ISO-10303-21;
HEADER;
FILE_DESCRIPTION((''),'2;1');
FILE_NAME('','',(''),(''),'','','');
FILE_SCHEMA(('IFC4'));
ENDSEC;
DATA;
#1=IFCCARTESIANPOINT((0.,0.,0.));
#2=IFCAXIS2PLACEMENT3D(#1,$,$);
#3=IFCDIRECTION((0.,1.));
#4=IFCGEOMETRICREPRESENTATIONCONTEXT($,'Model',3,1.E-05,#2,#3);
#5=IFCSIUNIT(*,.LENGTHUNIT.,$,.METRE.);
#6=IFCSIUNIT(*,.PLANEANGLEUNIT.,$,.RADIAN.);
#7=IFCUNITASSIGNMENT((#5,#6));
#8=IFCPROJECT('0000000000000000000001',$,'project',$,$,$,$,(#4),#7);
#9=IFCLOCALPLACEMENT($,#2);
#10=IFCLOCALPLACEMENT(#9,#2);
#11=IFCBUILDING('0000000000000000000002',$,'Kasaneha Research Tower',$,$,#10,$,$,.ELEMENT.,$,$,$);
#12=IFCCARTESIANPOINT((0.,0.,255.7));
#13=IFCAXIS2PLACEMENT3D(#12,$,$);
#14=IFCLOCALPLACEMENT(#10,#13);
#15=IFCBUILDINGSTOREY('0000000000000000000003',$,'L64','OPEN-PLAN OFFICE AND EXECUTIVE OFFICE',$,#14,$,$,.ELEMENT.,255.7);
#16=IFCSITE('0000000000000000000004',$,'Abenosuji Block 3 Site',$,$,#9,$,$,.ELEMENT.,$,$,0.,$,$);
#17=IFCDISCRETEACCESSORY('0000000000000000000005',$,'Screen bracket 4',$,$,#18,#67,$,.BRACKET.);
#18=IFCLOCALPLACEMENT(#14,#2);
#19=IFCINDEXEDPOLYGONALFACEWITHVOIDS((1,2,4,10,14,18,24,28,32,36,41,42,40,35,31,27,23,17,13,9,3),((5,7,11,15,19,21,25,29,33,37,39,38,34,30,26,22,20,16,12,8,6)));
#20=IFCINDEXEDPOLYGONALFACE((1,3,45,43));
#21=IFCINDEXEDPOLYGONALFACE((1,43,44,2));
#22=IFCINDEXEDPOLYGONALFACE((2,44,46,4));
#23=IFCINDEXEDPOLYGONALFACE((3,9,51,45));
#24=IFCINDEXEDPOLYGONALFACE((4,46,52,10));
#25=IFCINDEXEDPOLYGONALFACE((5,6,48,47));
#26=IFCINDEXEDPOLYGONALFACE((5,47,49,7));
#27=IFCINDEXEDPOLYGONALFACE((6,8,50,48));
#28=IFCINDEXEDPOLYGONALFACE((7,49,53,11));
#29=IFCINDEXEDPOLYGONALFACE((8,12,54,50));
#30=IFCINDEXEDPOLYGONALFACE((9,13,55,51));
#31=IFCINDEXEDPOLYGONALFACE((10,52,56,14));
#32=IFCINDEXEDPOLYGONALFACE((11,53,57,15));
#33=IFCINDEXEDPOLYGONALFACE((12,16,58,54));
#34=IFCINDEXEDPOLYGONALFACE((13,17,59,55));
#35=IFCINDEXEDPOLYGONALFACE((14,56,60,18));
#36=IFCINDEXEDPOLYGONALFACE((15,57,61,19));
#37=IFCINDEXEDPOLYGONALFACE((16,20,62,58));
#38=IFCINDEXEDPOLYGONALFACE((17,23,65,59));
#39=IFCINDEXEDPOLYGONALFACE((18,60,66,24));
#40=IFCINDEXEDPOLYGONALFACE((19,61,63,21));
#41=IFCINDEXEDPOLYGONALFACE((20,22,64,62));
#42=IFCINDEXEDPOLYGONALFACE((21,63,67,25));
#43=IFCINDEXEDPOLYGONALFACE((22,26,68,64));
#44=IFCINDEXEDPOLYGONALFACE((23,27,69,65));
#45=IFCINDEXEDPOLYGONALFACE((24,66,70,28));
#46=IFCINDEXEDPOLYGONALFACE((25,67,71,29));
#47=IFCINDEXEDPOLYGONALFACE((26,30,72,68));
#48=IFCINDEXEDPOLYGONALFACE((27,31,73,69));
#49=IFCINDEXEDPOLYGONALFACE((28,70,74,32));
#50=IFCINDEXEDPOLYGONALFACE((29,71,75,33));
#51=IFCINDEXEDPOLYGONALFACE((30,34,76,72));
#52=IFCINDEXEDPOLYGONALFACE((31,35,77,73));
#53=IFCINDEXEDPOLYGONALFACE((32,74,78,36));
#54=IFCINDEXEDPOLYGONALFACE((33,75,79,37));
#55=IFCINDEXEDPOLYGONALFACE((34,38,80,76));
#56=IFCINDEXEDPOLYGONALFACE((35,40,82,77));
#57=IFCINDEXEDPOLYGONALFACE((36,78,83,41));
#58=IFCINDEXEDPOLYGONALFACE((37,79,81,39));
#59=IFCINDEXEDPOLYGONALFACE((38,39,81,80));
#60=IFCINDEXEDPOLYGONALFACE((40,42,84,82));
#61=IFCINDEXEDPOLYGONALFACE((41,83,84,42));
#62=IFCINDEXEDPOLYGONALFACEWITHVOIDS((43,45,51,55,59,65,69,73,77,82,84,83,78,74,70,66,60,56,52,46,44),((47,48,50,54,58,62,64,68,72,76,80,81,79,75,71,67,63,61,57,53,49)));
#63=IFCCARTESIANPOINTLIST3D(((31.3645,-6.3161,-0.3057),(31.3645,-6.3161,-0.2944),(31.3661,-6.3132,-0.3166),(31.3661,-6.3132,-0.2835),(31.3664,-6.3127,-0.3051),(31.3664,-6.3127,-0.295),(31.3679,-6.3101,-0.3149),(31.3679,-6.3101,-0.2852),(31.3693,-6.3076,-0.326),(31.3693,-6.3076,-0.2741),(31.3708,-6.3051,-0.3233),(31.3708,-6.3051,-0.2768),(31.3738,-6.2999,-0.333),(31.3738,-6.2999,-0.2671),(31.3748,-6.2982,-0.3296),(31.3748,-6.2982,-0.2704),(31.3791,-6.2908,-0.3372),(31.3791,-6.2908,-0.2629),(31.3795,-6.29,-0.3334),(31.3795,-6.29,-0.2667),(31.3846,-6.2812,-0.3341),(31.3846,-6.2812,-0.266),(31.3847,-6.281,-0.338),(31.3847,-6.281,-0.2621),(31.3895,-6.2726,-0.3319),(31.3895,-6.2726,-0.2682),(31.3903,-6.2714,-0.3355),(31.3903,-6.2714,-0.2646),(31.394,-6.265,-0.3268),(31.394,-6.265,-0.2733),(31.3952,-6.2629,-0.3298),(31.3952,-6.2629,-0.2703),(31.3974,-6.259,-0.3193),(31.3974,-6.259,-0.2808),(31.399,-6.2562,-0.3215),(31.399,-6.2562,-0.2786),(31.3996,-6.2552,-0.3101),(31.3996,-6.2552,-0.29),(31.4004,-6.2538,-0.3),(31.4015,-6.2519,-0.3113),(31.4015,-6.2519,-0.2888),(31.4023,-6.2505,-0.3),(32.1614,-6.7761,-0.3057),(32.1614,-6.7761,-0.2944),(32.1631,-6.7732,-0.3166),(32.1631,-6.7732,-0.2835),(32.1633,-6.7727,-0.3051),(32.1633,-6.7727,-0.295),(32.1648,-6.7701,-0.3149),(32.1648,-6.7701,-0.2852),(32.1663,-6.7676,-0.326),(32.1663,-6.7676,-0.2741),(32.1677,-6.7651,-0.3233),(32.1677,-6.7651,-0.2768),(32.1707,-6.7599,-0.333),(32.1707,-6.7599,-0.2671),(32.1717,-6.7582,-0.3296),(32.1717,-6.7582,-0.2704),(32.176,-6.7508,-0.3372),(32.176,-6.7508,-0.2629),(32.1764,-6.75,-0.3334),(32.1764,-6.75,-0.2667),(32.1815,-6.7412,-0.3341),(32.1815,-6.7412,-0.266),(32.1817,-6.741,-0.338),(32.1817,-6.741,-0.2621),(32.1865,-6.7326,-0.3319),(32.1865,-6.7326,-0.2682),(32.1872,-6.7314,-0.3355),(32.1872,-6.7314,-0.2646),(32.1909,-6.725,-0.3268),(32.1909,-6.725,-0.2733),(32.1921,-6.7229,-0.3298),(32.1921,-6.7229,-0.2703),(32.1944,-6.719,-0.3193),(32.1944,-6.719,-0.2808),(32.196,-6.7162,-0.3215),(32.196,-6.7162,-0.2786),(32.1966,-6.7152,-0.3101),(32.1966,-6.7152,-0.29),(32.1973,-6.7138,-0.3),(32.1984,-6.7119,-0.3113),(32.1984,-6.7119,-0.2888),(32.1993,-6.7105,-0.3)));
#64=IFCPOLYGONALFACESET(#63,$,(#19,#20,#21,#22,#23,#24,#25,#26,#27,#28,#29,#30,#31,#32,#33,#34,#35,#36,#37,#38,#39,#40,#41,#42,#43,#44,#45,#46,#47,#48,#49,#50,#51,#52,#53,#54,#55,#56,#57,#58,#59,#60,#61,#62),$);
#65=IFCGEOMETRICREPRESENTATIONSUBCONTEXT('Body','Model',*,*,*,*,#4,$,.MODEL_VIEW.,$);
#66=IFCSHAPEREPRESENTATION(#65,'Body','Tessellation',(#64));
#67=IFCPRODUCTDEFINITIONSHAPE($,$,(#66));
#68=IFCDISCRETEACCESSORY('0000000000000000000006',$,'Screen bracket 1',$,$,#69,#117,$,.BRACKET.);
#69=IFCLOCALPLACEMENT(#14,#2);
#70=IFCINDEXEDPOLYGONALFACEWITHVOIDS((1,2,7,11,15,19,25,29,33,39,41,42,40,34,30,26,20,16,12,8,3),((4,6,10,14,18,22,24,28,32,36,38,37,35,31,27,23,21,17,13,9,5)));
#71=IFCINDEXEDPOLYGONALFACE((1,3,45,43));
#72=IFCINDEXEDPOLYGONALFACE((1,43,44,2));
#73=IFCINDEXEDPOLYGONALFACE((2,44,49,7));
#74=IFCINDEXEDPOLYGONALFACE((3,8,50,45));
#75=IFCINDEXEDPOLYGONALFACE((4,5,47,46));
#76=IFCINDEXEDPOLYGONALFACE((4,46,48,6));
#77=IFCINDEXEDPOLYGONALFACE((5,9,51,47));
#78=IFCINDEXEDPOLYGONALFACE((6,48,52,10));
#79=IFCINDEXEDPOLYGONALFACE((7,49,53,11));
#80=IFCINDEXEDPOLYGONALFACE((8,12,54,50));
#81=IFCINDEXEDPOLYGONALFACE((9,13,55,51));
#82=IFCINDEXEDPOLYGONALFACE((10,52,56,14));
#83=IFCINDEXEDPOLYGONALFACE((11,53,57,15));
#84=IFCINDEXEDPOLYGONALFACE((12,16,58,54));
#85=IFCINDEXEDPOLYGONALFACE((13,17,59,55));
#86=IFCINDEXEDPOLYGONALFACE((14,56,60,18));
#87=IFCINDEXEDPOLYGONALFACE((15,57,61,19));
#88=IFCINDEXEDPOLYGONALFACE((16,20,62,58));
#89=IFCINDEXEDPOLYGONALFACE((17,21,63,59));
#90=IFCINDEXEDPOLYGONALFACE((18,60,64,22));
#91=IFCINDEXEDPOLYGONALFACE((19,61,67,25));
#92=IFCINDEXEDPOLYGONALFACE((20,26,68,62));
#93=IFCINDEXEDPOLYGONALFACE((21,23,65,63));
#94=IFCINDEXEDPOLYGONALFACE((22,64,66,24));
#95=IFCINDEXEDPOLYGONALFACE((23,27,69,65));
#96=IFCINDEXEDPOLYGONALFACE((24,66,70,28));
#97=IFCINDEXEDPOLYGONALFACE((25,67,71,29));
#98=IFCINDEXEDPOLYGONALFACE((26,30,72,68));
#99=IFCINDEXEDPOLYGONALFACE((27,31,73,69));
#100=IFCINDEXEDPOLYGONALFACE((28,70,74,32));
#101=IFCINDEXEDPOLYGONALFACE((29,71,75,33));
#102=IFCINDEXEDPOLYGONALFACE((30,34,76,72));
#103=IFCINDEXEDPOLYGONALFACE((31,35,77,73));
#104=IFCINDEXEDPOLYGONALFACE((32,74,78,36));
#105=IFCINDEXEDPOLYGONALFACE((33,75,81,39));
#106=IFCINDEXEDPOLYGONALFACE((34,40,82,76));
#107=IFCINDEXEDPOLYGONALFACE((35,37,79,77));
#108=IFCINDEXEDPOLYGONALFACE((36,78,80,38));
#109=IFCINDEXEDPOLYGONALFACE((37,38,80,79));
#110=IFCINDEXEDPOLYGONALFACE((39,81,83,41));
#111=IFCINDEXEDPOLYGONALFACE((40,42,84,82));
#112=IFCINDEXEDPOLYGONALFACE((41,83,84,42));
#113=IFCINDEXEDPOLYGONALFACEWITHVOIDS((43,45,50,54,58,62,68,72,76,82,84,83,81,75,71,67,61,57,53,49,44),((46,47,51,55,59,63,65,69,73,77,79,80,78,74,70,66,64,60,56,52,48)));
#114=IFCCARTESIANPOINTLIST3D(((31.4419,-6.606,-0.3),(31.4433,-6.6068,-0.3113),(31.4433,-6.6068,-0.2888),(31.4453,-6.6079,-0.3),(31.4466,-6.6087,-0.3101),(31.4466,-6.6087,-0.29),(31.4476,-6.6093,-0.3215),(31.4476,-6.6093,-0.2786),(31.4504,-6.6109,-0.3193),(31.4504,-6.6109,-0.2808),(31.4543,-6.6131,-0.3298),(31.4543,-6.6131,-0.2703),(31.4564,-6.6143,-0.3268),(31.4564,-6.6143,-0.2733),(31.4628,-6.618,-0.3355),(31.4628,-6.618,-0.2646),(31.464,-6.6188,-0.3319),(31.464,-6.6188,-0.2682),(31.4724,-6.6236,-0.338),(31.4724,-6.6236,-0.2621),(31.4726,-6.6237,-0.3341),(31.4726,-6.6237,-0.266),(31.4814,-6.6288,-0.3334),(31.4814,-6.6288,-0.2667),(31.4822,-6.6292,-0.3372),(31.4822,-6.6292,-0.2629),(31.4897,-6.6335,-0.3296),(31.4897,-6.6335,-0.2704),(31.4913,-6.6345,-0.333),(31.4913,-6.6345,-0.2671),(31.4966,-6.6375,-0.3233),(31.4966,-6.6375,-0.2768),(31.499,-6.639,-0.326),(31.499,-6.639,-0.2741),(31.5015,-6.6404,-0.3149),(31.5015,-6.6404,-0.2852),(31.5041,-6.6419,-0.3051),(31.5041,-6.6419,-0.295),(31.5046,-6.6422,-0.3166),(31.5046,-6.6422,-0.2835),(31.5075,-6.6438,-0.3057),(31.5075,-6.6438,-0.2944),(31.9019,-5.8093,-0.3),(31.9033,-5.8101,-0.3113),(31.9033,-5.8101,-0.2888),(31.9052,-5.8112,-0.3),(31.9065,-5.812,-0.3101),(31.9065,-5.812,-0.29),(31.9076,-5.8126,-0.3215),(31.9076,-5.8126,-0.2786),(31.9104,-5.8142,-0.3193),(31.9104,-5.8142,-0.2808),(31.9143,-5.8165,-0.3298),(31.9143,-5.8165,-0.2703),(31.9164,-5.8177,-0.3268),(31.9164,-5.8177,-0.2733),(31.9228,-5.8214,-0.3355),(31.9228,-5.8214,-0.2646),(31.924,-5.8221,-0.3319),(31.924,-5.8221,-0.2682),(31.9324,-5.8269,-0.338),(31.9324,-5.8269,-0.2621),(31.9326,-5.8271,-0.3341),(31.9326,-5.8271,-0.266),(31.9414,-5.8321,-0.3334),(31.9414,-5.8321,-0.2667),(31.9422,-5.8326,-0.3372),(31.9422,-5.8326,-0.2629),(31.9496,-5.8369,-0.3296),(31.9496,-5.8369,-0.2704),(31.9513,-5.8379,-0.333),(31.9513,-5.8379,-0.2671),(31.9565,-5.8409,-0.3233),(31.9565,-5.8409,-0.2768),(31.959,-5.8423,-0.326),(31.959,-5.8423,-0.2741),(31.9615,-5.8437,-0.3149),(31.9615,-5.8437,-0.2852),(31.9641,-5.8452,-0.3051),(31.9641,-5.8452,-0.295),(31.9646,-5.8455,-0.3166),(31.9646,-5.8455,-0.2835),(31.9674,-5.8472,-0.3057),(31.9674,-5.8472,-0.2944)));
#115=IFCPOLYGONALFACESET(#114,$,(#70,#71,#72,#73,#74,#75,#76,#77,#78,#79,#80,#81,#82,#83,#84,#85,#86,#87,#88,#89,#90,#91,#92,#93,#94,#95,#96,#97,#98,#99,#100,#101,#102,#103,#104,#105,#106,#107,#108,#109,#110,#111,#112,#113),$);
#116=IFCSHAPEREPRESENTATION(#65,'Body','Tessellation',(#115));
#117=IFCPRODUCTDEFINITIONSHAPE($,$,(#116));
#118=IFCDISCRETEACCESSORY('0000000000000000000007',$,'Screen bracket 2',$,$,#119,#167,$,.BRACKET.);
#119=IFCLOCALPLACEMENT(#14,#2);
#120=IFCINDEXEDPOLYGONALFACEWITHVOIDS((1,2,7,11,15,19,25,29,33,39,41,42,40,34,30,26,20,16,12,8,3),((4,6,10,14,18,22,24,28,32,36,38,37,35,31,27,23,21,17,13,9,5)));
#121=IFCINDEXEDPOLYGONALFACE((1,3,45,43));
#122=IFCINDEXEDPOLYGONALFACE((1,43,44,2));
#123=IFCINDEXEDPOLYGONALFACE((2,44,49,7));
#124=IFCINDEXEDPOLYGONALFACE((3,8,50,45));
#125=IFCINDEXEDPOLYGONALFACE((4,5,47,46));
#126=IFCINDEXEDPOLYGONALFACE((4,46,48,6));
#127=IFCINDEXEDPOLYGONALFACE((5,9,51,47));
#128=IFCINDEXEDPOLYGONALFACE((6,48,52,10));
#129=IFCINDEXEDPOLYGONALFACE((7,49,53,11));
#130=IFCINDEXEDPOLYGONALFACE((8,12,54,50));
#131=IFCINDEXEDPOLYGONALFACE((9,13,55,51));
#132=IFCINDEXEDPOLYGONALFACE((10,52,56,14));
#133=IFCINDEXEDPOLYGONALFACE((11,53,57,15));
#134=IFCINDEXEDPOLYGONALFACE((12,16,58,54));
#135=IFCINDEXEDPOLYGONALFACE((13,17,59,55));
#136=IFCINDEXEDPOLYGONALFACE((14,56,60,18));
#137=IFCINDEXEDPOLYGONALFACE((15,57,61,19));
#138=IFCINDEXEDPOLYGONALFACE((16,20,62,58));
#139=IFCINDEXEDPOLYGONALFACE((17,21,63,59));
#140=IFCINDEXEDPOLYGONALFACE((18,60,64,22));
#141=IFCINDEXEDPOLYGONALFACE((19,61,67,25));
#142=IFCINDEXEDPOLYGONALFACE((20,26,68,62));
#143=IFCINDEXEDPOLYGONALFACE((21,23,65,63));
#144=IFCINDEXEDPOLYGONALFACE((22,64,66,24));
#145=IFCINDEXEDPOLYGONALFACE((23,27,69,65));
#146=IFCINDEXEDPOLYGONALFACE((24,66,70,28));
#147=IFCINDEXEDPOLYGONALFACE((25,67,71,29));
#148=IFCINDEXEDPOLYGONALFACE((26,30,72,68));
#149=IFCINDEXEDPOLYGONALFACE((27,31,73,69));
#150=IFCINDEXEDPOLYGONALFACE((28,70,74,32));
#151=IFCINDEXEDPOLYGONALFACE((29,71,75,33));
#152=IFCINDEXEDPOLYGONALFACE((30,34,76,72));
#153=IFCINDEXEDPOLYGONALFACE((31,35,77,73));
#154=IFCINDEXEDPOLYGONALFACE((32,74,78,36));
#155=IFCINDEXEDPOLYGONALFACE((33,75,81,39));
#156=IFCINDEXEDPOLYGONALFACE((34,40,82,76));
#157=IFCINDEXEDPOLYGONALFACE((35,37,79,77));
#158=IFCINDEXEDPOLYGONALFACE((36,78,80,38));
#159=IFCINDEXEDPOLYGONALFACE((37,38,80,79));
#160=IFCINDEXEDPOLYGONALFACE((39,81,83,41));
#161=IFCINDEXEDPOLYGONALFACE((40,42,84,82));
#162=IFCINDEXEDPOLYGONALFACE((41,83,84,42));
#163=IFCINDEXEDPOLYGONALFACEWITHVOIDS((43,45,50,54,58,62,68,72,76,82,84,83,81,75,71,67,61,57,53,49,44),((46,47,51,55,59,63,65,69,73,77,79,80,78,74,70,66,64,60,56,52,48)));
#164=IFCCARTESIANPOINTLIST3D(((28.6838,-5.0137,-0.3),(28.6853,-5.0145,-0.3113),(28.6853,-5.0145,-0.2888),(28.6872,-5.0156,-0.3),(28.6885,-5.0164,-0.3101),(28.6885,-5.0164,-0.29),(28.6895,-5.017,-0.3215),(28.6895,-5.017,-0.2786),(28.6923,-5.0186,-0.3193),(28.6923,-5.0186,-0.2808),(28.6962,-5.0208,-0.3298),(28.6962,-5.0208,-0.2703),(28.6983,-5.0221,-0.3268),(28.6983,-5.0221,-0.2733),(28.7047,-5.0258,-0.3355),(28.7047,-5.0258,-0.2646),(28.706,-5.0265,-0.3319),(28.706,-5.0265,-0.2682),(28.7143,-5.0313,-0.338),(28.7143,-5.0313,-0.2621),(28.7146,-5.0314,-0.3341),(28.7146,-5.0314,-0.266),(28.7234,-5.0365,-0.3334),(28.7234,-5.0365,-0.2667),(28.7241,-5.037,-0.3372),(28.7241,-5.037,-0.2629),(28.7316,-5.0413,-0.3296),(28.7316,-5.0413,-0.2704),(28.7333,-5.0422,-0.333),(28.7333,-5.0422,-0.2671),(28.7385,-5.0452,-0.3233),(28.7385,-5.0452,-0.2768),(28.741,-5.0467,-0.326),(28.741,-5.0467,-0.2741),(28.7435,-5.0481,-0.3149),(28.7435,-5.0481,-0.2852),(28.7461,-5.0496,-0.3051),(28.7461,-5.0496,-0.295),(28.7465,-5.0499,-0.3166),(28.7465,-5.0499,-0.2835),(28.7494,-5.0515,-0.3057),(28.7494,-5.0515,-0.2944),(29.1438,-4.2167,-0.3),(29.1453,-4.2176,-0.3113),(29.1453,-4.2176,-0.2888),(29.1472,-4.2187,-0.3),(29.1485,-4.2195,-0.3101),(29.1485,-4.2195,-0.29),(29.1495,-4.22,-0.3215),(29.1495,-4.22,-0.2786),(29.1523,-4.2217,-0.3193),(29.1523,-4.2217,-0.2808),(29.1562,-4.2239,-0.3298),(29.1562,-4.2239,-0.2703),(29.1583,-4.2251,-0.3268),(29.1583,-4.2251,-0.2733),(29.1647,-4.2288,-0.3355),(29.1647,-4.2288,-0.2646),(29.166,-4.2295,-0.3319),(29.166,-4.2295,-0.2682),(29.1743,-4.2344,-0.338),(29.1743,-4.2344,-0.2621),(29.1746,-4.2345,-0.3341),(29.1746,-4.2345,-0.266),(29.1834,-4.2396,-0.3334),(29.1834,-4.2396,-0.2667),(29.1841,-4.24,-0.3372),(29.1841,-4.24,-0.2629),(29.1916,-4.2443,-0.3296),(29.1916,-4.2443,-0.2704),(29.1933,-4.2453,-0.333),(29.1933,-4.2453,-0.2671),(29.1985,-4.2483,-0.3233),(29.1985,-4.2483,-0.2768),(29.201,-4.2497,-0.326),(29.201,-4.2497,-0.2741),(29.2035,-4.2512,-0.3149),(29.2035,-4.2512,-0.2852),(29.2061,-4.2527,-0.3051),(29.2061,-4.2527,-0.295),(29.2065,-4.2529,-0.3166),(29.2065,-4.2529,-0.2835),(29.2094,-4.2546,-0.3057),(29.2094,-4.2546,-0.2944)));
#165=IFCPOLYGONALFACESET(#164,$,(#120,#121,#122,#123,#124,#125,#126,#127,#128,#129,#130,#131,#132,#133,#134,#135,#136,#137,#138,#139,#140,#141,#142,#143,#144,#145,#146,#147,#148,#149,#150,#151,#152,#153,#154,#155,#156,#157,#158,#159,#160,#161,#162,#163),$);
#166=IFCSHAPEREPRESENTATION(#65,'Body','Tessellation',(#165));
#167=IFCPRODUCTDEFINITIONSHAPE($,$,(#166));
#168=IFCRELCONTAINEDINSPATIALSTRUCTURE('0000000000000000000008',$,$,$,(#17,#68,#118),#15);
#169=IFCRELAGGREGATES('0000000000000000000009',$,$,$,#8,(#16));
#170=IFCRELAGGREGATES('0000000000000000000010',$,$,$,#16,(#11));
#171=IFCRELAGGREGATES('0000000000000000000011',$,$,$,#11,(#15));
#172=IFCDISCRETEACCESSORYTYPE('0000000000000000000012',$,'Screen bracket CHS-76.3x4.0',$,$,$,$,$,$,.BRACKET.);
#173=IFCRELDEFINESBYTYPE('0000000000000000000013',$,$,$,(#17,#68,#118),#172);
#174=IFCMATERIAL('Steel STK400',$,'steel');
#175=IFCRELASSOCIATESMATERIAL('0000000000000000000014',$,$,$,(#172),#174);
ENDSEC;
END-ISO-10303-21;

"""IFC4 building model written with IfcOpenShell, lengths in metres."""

from ifc_helpers import new_model, si_unit, direction, frame, origin, origin_2d, place, context, subcontext, project, spatial, hollow_circle, extrude, material, material_profile, profile_set, type_object, element, save


model = new_model("IFC4")

# Units and contexts
model_context = context("Model", 3, precision=1e-05, world=origin(), true_north=direction((0.0, 1.0)))
body_context = subcontext(model_context, "Body", "Model", "MODEL_VIEW")
ifc_project = project(units=[si_unit("LENGTHUNIT", "METRE"), si_unit("PLANEANGLEUNIT", "RADIAN")], contexts=[model_context])

# Site, building, storey
site_placement = place(None, origin())
site = spatial("IfcSite", under=ifc_project, at=site_placement, Name="Abenosuji Block 3 Site", CompositionType="ELEMENT", RefElevation=0.0)
building_placement = place(site_placement, origin())
building = spatial("IfcBuilding", under=site, at=building_placement, Name="Kasaneha Research Tower", CompositionType="ELEMENT")
storey_placement = place(building_placement, frame((0.0, 0.0, 255.7)))
storey = spatial("IfcBuildingStorey", under=building, at=storey_placement, Name="L64", Description="OPEN-PLAN OFFICE AND EXECUTIVE OFFICE", CompositionType="ELEMENT", Elevation=255.7)

# Discrete accessories
ifc_material_1 = material(Name="Steel STK400", Category="steel")
ifc_material_profile_1 = material_profile(ifc_material_1, hollow_circle(Radius=0.0381, WallThickness=0.0039, at=origin_2d()), Name="CHS-76.3x4.0")
ifc_profile_set_1 = profile_set([ifc_material_profile_1], Name="Steel STK400")
discrete_accessory_type = type_object("IfcDiscreteAccessoryType", Name="Screen bracket CHS-76.3x4.0", PredefinedType="BRACKET", material=ifc_profile_set_1)
discrete_accessory_1_placement = place(storey_placement, frame((31.3833, -6.2834, -0.3), z_axis=(0.86608, -0.499906, 0.0), x_axis=(0.499906, 0.86608, 0.0)))
element("IfcDiscreteAccessory", 1, at=discrete_accessory_1_placement, inside=storey, type_object=discrete_accessory_type, Name="Screen bracket 4", PredefinedType="BRACKET", context=body_context, shape_type="SweptSolid", body=[
    extrude(hollow_circle(Radius=0.0381, WallThickness=0.0039, at=origin_2d()), origin(), (0.0, 0.0, 1.0), 0.9202),
])
discrete_accessory_2_placement = place(storey_placement, frame((31.4749, -6.625, -0.3), z_axis=(0.500021, 0.866013, 0.0), x_axis=(-0.866013, 0.500021, 0.0)))
element("IfcDiscreteAccessory", 2, at=discrete_accessory_2_placement, inside=storey, type_object=discrete_accessory_type, Name="Screen bracket 1", PredefinedType="BRACKET", context=body_context, shape_type="SweptSolid", body=[
    extrude(hollow_circle(Radius=0.0381, WallThickness=0.0039, at=origin_2d()), origin(), (0.0, 0.0, 1.0), 0.9199),
])
discrete_accessory_3_placement = place(storey_placement, frame((28.7168, -5.0327, -0.3), z_axis=(0.499906, 0.86608, 0.0), x_axis=(-0.86608, 0.499906, 0.0)))
element("IfcDiscreteAccessory", 3, at=discrete_accessory_3_placement, inside=storey, type_object=discrete_accessory_type, Name="Screen bracket 2", PredefinedType="BRACKET", context=body_context, shape_type="SweptSolid", body=[
    extrude(hollow_circle(Radius=0.0381, WallThickness=0.0039, at=origin_2d()), origin(), (0.0, 0.0, 1.0), 0.9202),
])

save(model, "model.ifc")
